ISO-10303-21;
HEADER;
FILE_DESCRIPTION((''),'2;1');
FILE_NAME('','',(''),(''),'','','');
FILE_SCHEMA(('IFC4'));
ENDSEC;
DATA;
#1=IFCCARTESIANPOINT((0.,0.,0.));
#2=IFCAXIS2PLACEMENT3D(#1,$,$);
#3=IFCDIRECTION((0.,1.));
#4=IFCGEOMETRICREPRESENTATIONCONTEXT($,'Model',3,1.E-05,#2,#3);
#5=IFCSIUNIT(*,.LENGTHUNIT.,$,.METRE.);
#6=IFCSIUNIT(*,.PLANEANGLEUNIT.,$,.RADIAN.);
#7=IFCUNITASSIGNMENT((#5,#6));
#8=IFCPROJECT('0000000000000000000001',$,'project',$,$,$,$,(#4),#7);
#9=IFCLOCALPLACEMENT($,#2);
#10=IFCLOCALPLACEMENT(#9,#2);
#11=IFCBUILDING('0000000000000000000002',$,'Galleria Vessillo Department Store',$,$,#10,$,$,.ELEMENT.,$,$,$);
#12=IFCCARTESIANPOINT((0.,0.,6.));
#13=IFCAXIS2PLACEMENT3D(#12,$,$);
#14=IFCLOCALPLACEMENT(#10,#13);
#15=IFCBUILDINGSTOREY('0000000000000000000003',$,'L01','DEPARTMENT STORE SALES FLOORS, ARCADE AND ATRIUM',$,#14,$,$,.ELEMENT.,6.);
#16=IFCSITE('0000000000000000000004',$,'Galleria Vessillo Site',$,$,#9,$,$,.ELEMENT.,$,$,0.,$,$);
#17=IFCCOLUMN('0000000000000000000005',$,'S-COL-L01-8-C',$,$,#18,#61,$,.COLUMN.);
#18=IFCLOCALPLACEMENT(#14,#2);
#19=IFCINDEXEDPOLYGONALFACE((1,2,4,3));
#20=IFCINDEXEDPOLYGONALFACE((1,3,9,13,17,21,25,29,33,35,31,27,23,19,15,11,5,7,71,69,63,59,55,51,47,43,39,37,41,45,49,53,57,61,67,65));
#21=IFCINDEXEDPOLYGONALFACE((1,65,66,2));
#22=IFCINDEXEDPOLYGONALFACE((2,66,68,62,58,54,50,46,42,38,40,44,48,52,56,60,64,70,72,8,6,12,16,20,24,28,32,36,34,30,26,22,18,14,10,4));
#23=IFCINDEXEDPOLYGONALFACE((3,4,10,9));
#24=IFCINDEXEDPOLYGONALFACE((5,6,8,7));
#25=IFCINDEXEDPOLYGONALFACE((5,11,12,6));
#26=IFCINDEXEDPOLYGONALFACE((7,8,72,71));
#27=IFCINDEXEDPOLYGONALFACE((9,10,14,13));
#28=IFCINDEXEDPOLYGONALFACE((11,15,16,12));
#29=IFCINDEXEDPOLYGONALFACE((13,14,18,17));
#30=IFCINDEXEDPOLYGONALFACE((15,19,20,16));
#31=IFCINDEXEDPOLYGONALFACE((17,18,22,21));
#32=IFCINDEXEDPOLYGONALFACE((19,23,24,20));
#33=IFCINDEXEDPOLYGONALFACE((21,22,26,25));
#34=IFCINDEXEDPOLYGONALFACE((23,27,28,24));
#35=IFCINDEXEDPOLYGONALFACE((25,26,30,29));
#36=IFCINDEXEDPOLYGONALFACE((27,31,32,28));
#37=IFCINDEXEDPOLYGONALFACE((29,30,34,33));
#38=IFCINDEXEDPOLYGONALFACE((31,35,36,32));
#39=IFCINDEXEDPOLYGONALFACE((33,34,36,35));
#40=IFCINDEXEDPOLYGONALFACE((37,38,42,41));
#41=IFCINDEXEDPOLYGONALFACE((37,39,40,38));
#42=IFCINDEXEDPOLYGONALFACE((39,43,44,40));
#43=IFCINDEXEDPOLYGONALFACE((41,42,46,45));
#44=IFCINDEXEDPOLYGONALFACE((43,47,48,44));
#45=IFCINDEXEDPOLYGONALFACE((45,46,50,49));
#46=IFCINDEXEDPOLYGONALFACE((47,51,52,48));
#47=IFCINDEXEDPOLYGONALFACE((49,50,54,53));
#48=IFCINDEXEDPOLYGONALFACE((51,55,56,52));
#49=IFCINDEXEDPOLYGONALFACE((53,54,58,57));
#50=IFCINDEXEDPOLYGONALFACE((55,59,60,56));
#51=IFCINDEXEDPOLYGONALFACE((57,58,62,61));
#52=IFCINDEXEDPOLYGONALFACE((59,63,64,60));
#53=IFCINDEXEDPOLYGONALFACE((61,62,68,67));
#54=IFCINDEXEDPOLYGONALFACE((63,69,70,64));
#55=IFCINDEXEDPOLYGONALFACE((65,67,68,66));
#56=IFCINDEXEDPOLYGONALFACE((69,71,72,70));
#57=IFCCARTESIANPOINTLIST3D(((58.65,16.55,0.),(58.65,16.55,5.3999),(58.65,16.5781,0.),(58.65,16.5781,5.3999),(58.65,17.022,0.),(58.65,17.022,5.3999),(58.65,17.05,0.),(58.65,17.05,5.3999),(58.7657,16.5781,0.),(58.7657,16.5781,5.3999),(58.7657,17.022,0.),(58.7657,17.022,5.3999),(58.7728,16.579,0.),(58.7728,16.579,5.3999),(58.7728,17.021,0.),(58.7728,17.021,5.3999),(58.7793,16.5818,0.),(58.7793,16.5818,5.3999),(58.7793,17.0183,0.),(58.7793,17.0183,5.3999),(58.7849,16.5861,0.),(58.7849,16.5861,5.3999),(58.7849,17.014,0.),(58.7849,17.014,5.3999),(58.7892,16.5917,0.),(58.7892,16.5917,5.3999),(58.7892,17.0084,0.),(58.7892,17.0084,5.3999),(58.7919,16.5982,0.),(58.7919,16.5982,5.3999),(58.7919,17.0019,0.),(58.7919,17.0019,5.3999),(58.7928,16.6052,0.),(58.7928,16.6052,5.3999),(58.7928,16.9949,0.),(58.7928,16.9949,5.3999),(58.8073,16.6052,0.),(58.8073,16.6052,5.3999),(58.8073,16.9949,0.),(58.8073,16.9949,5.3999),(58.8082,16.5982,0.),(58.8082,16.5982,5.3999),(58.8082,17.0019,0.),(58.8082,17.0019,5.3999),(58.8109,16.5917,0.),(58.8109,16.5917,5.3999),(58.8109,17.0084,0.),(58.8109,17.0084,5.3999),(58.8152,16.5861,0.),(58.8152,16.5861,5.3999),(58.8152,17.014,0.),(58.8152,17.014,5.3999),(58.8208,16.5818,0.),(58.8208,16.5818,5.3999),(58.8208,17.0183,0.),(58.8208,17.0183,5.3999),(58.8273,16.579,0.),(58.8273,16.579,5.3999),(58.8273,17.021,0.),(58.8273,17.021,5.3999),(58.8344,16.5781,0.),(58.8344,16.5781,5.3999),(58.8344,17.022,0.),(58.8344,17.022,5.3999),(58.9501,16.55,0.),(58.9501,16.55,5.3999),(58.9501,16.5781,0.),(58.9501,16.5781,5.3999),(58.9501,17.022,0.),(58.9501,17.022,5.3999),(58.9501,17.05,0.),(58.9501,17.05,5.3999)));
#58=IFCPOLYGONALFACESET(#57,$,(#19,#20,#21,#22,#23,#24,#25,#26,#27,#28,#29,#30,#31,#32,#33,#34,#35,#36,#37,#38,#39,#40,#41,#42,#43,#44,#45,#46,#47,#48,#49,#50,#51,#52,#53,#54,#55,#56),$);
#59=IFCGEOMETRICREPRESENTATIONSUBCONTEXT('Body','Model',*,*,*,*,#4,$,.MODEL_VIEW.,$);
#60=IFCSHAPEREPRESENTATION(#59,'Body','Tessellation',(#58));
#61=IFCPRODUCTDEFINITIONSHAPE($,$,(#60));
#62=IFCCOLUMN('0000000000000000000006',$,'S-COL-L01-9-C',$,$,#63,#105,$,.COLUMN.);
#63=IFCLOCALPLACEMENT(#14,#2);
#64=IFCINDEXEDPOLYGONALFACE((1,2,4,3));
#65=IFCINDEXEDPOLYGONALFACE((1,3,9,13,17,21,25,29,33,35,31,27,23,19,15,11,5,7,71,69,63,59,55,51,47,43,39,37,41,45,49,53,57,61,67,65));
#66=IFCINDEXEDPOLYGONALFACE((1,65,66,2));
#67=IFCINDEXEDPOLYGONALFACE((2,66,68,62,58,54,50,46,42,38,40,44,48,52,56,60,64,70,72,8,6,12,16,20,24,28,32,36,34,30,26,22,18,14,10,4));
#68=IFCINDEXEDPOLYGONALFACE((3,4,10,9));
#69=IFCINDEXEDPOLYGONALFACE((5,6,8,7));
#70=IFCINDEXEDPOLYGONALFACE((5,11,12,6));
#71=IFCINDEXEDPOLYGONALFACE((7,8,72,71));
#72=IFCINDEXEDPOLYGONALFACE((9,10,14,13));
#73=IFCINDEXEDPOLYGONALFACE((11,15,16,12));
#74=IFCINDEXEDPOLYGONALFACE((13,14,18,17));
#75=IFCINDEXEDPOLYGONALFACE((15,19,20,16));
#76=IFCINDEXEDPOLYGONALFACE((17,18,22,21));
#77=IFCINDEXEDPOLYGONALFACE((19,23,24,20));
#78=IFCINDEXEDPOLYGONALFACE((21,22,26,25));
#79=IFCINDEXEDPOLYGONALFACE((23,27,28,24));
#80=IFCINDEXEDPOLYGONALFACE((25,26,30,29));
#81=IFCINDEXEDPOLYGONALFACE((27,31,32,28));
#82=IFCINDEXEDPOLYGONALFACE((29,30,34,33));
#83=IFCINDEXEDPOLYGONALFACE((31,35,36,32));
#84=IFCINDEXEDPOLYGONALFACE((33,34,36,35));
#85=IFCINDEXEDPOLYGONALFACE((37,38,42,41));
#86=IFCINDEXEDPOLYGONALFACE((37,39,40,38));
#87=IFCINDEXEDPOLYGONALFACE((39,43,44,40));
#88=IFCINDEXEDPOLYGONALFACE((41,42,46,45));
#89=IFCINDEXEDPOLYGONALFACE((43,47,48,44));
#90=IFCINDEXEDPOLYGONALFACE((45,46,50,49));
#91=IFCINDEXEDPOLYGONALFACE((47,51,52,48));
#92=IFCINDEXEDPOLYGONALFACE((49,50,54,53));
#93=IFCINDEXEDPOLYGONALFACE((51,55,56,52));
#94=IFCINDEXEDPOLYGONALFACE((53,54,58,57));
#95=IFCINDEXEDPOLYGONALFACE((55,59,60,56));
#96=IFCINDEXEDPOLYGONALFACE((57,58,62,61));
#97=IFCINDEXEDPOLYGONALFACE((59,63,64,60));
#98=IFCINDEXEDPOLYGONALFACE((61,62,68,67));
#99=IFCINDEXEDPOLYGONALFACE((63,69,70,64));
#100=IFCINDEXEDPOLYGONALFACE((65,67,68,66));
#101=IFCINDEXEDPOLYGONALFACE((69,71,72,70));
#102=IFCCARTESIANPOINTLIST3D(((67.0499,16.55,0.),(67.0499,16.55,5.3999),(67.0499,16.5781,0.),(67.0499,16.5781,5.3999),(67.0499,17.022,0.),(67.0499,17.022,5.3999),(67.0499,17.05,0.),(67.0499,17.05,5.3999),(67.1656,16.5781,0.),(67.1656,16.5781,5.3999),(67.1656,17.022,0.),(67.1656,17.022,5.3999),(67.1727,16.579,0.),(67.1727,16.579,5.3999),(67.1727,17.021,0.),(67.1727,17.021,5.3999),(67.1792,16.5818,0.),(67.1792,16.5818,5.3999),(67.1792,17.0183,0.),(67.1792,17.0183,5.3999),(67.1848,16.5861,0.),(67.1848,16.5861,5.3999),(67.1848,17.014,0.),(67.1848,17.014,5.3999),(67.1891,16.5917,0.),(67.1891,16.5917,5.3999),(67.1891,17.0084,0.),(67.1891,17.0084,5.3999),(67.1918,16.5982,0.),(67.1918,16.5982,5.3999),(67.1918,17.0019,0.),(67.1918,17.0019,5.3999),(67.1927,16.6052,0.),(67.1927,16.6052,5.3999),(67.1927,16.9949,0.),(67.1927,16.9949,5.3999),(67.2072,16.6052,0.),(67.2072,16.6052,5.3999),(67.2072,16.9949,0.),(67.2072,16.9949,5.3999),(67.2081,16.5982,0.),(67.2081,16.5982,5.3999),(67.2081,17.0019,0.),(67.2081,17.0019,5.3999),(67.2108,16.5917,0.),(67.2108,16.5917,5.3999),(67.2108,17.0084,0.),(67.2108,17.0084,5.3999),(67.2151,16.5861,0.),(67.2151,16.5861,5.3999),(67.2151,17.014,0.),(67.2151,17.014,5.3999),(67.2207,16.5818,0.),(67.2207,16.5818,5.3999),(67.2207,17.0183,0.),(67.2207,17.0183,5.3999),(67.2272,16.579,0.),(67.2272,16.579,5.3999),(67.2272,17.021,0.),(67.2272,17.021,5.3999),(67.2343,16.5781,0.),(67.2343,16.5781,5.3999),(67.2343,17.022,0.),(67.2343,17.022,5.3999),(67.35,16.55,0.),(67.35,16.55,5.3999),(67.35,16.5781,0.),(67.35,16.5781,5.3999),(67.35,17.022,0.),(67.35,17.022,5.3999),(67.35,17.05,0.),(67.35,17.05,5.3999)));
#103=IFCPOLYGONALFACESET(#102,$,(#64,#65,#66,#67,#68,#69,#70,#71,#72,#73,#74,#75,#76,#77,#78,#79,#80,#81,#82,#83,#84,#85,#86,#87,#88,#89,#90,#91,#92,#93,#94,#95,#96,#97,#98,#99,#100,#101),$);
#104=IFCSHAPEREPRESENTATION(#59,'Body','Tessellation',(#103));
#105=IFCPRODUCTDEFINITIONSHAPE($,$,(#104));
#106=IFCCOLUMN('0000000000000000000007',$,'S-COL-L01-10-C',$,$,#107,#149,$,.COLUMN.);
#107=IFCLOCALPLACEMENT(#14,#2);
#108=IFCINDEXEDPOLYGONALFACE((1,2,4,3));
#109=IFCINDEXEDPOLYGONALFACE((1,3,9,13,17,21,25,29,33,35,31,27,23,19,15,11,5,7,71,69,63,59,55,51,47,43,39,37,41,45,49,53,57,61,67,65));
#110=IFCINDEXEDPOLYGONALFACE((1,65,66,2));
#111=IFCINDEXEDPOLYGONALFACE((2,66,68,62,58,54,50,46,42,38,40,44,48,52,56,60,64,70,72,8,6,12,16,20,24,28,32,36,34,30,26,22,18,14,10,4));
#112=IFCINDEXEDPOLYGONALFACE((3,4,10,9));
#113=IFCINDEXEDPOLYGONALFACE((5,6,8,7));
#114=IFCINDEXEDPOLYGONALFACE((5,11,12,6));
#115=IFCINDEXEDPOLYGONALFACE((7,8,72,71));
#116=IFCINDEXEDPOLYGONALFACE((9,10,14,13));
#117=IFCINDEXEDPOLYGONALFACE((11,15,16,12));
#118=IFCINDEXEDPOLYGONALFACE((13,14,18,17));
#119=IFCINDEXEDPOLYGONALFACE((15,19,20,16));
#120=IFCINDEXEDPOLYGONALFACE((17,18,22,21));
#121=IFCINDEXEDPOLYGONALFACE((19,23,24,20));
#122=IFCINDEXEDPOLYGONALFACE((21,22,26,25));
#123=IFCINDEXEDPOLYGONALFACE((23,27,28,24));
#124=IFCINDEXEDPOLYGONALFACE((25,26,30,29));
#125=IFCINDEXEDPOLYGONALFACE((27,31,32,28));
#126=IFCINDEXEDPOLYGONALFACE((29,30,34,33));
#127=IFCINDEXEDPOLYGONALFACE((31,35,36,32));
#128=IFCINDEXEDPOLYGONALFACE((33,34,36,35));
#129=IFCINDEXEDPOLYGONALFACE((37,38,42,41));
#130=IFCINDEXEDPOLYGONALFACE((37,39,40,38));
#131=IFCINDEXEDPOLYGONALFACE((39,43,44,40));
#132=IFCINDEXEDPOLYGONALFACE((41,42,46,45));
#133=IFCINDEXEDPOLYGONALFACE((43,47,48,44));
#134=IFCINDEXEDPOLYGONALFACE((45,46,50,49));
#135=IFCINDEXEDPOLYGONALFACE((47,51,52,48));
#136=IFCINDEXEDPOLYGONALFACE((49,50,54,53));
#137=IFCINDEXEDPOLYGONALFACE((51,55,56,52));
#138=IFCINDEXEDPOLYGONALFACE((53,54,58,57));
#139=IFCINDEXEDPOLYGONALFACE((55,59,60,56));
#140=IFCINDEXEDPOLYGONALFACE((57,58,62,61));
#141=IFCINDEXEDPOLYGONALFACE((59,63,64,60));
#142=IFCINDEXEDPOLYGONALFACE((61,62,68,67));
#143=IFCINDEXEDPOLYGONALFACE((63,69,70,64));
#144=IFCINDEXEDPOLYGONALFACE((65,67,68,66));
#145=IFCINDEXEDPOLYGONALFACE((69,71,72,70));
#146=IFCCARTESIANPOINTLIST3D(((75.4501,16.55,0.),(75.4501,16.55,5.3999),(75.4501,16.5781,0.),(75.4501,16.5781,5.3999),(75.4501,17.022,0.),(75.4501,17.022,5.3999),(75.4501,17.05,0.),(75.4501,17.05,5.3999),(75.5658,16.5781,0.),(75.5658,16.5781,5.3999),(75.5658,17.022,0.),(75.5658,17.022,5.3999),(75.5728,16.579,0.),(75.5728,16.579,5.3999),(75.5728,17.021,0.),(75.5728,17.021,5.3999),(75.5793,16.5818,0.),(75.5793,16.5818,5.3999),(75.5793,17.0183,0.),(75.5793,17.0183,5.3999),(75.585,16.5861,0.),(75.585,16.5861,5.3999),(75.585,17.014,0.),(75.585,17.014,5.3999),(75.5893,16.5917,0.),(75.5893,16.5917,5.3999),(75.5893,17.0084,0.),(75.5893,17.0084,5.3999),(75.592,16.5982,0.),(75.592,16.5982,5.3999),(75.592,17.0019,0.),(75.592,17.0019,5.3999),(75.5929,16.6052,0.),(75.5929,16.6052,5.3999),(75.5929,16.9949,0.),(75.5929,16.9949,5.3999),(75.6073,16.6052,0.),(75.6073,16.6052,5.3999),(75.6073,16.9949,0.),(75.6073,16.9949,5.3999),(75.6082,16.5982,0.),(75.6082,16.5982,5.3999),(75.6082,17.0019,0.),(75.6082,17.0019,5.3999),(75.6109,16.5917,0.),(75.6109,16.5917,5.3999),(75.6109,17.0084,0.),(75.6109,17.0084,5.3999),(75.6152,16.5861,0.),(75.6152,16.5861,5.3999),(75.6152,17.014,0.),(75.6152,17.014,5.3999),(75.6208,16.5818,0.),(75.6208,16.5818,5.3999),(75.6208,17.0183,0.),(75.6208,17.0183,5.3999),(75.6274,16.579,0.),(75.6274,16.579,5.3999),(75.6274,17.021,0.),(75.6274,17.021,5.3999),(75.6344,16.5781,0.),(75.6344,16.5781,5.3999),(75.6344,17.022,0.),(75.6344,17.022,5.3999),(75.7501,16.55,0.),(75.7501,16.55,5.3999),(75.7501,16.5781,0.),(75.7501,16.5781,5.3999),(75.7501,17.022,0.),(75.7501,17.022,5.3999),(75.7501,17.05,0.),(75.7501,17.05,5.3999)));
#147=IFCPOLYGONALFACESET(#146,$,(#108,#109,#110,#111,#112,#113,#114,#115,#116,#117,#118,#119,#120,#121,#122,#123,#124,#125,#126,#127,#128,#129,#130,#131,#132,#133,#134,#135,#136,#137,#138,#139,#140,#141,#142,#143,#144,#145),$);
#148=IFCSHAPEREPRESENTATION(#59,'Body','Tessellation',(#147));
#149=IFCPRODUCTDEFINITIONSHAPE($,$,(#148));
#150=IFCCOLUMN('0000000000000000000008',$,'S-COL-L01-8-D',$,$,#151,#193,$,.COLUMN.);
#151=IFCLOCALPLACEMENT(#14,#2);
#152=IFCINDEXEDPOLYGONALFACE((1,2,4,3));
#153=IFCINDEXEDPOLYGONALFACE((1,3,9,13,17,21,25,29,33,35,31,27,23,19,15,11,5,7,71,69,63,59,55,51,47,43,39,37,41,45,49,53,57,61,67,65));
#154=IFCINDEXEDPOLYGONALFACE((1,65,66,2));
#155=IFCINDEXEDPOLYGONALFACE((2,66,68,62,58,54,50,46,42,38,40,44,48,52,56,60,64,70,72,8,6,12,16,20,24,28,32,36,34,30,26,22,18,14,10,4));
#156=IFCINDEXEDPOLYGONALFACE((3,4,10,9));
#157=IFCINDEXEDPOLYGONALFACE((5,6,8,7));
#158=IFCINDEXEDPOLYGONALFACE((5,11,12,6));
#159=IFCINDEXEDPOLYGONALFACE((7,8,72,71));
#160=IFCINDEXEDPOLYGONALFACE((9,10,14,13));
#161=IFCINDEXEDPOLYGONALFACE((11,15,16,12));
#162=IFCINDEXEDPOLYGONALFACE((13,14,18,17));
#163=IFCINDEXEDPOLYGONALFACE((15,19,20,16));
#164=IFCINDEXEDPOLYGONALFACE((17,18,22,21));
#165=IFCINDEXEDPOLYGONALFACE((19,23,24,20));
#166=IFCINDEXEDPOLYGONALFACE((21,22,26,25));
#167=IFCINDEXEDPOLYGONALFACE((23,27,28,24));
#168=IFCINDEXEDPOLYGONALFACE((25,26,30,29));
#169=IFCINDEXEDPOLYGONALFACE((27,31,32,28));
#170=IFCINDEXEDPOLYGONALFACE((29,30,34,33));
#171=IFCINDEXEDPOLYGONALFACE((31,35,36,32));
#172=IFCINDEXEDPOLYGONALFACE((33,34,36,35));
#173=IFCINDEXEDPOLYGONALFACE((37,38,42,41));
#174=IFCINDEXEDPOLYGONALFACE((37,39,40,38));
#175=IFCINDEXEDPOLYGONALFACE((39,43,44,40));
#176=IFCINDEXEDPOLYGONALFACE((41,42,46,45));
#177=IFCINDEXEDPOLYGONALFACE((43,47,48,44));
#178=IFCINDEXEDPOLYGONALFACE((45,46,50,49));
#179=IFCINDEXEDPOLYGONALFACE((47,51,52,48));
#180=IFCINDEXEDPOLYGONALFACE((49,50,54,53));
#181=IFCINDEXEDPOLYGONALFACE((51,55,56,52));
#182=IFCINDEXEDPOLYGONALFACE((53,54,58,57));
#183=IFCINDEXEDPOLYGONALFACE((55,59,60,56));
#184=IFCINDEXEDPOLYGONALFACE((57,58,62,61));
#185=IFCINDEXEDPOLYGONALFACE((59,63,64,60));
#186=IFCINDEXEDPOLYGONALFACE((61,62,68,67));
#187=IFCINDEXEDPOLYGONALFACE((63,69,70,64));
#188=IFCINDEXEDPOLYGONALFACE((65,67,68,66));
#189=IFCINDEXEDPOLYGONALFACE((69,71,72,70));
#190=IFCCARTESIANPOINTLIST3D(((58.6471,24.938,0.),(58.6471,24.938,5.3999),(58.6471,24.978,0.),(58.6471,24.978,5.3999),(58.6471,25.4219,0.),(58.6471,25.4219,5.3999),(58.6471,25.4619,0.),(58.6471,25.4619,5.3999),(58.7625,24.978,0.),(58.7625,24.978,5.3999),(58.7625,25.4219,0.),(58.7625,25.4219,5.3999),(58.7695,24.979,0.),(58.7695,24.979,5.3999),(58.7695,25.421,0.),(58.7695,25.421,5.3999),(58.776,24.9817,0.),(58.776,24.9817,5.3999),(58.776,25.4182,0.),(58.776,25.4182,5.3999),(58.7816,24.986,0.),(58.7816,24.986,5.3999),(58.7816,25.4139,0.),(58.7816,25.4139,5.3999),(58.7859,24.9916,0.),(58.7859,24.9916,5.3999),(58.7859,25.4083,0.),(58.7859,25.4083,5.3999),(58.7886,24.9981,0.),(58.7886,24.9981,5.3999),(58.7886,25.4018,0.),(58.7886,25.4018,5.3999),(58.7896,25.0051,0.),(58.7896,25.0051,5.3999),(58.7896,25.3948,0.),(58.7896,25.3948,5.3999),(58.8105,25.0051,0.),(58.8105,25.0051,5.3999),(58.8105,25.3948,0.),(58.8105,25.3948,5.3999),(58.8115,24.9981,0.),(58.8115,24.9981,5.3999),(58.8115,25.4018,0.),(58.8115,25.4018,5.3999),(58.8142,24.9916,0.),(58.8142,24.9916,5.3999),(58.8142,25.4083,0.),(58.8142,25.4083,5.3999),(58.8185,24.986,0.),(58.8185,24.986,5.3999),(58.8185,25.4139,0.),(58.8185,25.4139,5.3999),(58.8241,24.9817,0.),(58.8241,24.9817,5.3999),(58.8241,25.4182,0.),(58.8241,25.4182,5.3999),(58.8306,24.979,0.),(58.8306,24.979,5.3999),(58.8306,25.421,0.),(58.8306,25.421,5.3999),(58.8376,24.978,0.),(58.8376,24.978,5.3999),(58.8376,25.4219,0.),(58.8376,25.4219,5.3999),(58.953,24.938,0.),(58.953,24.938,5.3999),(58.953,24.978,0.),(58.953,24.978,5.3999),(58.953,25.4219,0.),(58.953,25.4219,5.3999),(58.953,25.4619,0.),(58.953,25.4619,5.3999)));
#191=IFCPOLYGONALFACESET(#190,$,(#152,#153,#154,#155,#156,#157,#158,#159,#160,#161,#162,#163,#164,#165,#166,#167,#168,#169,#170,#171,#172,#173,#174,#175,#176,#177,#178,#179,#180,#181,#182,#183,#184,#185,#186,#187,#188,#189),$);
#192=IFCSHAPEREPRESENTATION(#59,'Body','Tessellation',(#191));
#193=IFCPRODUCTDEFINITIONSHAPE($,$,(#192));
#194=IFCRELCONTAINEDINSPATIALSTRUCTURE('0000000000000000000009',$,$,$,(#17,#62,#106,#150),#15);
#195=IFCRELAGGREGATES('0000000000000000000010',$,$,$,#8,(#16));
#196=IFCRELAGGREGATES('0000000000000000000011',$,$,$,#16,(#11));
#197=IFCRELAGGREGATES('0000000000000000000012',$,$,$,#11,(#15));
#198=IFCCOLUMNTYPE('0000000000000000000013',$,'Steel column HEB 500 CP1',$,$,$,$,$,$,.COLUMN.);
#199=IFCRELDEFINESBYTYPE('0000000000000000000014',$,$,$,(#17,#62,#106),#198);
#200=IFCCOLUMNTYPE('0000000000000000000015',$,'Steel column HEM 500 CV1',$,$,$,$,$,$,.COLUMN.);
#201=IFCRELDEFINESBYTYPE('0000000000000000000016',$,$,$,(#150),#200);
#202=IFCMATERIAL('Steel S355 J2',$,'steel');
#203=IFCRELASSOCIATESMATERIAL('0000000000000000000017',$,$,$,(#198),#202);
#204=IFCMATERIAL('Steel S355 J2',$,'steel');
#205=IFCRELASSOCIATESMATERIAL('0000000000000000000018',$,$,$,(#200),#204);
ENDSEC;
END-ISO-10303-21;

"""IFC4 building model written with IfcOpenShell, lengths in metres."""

from ifc_helpers import new_model, si_unit, direction, frame, origin, origin_2d, place, context, subcontext, project, spatial, i_section, extrude, material, material_profile, profile_set, type_object, element, save


model = new_model("IFC4")

# Units and contexts
model_context = context("Model", 3, precision=1e-05, world=origin(), true_north=direction((0.0, 1.0)))
body_context = subcontext(model_context, "Body", "Model", "MODEL_VIEW")
ifc_project = project(units=[si_unit("LENGTHUNIT", "METRE"), si_unit("PLANEANGLEUNIT", "RADIAN")], contexts=[model_context])

# Site, building, storey
site_placement = place(None, origin())
site = spatial("IfcSite", under=ifc_project, at=site_placement, Name="Galleria Vessillo Site", CompositionType="ELEMENT", RefElevation=0.0)
building_placement = place(site_placement, origin())
building = spatial("IfcBuilding", under=site, at=building_placement, Name="Galleria Vessillo Department Store", CompositionType="ELEMENT")
storey_placement = place(building_placement, frame((0.0, 0.0, 6.0)))
storey = spatial("IfcBuildingStorey", under=building, at=storey_placement, Name="L01", Description="DEPARTMENT STORE SALES FLOORS, ARCADE AND ATRIUM", CompositionType="ELEMENT", Elevation=6.0)

# Columns
ifc_material_1 = material(Name="Steel S355 J2", Category="steel")
ifc_material_profile_1 = material_profile(ifc_material_1, i_section(OverallWidth=0.3, OverallDepth=0.5, WebThickness=0.0144, FlangeThickness=0.0281, FilletRadius=0.0271, at=origin_2d()), Name="HEB 500")
ifc_profile_set_1 = profile_set([ifc_material_profile_1], Name="Steel S355 J2")
column_type_1 = type_object("IfcColumnType", Name="Steel column HEB 500 CP1", PredefinedType="COLUMN", material=ifc_profile_set_1)
for number, where, z_axis, x_axis, name in (
    (1, (58.8, 16.8, 0.0), (0.0, 0.0, 1.0), (1.0, 0.0, 0.0), "S-COL-L01-8-C"),
    (2, (67.2, 16.8, 0.0), (0.0, 0.0, 1.0), (1.0, 0.0, 0.0), "S-COL-L01-9-C"),
    (3, (75.6001, 16.8, 0.0), (0.0, 0.0, 1.0), (1.0, 0.0, 0.0), "S-COL-L01-10-C"),
):
    element("IfcColumn", number, at=place(storey_placement, frame(where, z_axis=z_axis, x_axis=x_axis)), inside=storey, type_object=column_type_1, Name=name, PredefinedType="COLUMN", context=body_context, shape_type="SweptSolid", body=[
        extrude(i_section(OverallWidth=0.3, OverallDepth=0.5, WebThickness=0.0144, FlangeThickness=0.0281, FilletRadius=0.0271, at=origin_2d()), origin(), (0.0, 0.0, 1.0), 5.3999),
    ])
ifc_material_2 = material(Name="Steel S355 J2", Category="steel")
ifc_material_profile_2 = material_profile(ifc_material_2, i_section(OverallWidth=0.3059, OverallDepth=0.5239, WebThickness=0.021, FlangeThickness=0.04, FilletRadius=0.0271, at=origin_2d()), Name="HEM 500")
ifc_profile_set_2 = profile_set([ifc_material_profile_2], Name="Steel S355 J2")
column_type_2 = type_object("IfcColumnType", Name="Steel column HEM 500 CV1", PredefinedType="COLUMN", material=ifc_profile_set_2)
for number, where, z_axis, x_axis, name in (
    (4, (58.8, 25.2, 0.0), (0.0, 0.0, 1.0), (1.0, 0.0, 0.0), "S-COL-L01-8-D"),
):
    element("IfcColumn", number, at=place(storey_placement, frame(where, z_axis=z_axis, x_axis=x_axis)), inside=storey, type_object=column_type_2, Name=name, PredefinedType="COLUMN", context=body_context, shape_type="SweptSolid", body=[
        extrude(i_section(OverallWidth=0.3059, OverallDepth=0.5239, WebThickness=0.021, FlangeThickness=0.04, FilletRadius=0.0271, at=origin_2d()), origin(), (0.0, 0.0, 1.0), 5.3999),
    ])

save(model, "model.ifc")
